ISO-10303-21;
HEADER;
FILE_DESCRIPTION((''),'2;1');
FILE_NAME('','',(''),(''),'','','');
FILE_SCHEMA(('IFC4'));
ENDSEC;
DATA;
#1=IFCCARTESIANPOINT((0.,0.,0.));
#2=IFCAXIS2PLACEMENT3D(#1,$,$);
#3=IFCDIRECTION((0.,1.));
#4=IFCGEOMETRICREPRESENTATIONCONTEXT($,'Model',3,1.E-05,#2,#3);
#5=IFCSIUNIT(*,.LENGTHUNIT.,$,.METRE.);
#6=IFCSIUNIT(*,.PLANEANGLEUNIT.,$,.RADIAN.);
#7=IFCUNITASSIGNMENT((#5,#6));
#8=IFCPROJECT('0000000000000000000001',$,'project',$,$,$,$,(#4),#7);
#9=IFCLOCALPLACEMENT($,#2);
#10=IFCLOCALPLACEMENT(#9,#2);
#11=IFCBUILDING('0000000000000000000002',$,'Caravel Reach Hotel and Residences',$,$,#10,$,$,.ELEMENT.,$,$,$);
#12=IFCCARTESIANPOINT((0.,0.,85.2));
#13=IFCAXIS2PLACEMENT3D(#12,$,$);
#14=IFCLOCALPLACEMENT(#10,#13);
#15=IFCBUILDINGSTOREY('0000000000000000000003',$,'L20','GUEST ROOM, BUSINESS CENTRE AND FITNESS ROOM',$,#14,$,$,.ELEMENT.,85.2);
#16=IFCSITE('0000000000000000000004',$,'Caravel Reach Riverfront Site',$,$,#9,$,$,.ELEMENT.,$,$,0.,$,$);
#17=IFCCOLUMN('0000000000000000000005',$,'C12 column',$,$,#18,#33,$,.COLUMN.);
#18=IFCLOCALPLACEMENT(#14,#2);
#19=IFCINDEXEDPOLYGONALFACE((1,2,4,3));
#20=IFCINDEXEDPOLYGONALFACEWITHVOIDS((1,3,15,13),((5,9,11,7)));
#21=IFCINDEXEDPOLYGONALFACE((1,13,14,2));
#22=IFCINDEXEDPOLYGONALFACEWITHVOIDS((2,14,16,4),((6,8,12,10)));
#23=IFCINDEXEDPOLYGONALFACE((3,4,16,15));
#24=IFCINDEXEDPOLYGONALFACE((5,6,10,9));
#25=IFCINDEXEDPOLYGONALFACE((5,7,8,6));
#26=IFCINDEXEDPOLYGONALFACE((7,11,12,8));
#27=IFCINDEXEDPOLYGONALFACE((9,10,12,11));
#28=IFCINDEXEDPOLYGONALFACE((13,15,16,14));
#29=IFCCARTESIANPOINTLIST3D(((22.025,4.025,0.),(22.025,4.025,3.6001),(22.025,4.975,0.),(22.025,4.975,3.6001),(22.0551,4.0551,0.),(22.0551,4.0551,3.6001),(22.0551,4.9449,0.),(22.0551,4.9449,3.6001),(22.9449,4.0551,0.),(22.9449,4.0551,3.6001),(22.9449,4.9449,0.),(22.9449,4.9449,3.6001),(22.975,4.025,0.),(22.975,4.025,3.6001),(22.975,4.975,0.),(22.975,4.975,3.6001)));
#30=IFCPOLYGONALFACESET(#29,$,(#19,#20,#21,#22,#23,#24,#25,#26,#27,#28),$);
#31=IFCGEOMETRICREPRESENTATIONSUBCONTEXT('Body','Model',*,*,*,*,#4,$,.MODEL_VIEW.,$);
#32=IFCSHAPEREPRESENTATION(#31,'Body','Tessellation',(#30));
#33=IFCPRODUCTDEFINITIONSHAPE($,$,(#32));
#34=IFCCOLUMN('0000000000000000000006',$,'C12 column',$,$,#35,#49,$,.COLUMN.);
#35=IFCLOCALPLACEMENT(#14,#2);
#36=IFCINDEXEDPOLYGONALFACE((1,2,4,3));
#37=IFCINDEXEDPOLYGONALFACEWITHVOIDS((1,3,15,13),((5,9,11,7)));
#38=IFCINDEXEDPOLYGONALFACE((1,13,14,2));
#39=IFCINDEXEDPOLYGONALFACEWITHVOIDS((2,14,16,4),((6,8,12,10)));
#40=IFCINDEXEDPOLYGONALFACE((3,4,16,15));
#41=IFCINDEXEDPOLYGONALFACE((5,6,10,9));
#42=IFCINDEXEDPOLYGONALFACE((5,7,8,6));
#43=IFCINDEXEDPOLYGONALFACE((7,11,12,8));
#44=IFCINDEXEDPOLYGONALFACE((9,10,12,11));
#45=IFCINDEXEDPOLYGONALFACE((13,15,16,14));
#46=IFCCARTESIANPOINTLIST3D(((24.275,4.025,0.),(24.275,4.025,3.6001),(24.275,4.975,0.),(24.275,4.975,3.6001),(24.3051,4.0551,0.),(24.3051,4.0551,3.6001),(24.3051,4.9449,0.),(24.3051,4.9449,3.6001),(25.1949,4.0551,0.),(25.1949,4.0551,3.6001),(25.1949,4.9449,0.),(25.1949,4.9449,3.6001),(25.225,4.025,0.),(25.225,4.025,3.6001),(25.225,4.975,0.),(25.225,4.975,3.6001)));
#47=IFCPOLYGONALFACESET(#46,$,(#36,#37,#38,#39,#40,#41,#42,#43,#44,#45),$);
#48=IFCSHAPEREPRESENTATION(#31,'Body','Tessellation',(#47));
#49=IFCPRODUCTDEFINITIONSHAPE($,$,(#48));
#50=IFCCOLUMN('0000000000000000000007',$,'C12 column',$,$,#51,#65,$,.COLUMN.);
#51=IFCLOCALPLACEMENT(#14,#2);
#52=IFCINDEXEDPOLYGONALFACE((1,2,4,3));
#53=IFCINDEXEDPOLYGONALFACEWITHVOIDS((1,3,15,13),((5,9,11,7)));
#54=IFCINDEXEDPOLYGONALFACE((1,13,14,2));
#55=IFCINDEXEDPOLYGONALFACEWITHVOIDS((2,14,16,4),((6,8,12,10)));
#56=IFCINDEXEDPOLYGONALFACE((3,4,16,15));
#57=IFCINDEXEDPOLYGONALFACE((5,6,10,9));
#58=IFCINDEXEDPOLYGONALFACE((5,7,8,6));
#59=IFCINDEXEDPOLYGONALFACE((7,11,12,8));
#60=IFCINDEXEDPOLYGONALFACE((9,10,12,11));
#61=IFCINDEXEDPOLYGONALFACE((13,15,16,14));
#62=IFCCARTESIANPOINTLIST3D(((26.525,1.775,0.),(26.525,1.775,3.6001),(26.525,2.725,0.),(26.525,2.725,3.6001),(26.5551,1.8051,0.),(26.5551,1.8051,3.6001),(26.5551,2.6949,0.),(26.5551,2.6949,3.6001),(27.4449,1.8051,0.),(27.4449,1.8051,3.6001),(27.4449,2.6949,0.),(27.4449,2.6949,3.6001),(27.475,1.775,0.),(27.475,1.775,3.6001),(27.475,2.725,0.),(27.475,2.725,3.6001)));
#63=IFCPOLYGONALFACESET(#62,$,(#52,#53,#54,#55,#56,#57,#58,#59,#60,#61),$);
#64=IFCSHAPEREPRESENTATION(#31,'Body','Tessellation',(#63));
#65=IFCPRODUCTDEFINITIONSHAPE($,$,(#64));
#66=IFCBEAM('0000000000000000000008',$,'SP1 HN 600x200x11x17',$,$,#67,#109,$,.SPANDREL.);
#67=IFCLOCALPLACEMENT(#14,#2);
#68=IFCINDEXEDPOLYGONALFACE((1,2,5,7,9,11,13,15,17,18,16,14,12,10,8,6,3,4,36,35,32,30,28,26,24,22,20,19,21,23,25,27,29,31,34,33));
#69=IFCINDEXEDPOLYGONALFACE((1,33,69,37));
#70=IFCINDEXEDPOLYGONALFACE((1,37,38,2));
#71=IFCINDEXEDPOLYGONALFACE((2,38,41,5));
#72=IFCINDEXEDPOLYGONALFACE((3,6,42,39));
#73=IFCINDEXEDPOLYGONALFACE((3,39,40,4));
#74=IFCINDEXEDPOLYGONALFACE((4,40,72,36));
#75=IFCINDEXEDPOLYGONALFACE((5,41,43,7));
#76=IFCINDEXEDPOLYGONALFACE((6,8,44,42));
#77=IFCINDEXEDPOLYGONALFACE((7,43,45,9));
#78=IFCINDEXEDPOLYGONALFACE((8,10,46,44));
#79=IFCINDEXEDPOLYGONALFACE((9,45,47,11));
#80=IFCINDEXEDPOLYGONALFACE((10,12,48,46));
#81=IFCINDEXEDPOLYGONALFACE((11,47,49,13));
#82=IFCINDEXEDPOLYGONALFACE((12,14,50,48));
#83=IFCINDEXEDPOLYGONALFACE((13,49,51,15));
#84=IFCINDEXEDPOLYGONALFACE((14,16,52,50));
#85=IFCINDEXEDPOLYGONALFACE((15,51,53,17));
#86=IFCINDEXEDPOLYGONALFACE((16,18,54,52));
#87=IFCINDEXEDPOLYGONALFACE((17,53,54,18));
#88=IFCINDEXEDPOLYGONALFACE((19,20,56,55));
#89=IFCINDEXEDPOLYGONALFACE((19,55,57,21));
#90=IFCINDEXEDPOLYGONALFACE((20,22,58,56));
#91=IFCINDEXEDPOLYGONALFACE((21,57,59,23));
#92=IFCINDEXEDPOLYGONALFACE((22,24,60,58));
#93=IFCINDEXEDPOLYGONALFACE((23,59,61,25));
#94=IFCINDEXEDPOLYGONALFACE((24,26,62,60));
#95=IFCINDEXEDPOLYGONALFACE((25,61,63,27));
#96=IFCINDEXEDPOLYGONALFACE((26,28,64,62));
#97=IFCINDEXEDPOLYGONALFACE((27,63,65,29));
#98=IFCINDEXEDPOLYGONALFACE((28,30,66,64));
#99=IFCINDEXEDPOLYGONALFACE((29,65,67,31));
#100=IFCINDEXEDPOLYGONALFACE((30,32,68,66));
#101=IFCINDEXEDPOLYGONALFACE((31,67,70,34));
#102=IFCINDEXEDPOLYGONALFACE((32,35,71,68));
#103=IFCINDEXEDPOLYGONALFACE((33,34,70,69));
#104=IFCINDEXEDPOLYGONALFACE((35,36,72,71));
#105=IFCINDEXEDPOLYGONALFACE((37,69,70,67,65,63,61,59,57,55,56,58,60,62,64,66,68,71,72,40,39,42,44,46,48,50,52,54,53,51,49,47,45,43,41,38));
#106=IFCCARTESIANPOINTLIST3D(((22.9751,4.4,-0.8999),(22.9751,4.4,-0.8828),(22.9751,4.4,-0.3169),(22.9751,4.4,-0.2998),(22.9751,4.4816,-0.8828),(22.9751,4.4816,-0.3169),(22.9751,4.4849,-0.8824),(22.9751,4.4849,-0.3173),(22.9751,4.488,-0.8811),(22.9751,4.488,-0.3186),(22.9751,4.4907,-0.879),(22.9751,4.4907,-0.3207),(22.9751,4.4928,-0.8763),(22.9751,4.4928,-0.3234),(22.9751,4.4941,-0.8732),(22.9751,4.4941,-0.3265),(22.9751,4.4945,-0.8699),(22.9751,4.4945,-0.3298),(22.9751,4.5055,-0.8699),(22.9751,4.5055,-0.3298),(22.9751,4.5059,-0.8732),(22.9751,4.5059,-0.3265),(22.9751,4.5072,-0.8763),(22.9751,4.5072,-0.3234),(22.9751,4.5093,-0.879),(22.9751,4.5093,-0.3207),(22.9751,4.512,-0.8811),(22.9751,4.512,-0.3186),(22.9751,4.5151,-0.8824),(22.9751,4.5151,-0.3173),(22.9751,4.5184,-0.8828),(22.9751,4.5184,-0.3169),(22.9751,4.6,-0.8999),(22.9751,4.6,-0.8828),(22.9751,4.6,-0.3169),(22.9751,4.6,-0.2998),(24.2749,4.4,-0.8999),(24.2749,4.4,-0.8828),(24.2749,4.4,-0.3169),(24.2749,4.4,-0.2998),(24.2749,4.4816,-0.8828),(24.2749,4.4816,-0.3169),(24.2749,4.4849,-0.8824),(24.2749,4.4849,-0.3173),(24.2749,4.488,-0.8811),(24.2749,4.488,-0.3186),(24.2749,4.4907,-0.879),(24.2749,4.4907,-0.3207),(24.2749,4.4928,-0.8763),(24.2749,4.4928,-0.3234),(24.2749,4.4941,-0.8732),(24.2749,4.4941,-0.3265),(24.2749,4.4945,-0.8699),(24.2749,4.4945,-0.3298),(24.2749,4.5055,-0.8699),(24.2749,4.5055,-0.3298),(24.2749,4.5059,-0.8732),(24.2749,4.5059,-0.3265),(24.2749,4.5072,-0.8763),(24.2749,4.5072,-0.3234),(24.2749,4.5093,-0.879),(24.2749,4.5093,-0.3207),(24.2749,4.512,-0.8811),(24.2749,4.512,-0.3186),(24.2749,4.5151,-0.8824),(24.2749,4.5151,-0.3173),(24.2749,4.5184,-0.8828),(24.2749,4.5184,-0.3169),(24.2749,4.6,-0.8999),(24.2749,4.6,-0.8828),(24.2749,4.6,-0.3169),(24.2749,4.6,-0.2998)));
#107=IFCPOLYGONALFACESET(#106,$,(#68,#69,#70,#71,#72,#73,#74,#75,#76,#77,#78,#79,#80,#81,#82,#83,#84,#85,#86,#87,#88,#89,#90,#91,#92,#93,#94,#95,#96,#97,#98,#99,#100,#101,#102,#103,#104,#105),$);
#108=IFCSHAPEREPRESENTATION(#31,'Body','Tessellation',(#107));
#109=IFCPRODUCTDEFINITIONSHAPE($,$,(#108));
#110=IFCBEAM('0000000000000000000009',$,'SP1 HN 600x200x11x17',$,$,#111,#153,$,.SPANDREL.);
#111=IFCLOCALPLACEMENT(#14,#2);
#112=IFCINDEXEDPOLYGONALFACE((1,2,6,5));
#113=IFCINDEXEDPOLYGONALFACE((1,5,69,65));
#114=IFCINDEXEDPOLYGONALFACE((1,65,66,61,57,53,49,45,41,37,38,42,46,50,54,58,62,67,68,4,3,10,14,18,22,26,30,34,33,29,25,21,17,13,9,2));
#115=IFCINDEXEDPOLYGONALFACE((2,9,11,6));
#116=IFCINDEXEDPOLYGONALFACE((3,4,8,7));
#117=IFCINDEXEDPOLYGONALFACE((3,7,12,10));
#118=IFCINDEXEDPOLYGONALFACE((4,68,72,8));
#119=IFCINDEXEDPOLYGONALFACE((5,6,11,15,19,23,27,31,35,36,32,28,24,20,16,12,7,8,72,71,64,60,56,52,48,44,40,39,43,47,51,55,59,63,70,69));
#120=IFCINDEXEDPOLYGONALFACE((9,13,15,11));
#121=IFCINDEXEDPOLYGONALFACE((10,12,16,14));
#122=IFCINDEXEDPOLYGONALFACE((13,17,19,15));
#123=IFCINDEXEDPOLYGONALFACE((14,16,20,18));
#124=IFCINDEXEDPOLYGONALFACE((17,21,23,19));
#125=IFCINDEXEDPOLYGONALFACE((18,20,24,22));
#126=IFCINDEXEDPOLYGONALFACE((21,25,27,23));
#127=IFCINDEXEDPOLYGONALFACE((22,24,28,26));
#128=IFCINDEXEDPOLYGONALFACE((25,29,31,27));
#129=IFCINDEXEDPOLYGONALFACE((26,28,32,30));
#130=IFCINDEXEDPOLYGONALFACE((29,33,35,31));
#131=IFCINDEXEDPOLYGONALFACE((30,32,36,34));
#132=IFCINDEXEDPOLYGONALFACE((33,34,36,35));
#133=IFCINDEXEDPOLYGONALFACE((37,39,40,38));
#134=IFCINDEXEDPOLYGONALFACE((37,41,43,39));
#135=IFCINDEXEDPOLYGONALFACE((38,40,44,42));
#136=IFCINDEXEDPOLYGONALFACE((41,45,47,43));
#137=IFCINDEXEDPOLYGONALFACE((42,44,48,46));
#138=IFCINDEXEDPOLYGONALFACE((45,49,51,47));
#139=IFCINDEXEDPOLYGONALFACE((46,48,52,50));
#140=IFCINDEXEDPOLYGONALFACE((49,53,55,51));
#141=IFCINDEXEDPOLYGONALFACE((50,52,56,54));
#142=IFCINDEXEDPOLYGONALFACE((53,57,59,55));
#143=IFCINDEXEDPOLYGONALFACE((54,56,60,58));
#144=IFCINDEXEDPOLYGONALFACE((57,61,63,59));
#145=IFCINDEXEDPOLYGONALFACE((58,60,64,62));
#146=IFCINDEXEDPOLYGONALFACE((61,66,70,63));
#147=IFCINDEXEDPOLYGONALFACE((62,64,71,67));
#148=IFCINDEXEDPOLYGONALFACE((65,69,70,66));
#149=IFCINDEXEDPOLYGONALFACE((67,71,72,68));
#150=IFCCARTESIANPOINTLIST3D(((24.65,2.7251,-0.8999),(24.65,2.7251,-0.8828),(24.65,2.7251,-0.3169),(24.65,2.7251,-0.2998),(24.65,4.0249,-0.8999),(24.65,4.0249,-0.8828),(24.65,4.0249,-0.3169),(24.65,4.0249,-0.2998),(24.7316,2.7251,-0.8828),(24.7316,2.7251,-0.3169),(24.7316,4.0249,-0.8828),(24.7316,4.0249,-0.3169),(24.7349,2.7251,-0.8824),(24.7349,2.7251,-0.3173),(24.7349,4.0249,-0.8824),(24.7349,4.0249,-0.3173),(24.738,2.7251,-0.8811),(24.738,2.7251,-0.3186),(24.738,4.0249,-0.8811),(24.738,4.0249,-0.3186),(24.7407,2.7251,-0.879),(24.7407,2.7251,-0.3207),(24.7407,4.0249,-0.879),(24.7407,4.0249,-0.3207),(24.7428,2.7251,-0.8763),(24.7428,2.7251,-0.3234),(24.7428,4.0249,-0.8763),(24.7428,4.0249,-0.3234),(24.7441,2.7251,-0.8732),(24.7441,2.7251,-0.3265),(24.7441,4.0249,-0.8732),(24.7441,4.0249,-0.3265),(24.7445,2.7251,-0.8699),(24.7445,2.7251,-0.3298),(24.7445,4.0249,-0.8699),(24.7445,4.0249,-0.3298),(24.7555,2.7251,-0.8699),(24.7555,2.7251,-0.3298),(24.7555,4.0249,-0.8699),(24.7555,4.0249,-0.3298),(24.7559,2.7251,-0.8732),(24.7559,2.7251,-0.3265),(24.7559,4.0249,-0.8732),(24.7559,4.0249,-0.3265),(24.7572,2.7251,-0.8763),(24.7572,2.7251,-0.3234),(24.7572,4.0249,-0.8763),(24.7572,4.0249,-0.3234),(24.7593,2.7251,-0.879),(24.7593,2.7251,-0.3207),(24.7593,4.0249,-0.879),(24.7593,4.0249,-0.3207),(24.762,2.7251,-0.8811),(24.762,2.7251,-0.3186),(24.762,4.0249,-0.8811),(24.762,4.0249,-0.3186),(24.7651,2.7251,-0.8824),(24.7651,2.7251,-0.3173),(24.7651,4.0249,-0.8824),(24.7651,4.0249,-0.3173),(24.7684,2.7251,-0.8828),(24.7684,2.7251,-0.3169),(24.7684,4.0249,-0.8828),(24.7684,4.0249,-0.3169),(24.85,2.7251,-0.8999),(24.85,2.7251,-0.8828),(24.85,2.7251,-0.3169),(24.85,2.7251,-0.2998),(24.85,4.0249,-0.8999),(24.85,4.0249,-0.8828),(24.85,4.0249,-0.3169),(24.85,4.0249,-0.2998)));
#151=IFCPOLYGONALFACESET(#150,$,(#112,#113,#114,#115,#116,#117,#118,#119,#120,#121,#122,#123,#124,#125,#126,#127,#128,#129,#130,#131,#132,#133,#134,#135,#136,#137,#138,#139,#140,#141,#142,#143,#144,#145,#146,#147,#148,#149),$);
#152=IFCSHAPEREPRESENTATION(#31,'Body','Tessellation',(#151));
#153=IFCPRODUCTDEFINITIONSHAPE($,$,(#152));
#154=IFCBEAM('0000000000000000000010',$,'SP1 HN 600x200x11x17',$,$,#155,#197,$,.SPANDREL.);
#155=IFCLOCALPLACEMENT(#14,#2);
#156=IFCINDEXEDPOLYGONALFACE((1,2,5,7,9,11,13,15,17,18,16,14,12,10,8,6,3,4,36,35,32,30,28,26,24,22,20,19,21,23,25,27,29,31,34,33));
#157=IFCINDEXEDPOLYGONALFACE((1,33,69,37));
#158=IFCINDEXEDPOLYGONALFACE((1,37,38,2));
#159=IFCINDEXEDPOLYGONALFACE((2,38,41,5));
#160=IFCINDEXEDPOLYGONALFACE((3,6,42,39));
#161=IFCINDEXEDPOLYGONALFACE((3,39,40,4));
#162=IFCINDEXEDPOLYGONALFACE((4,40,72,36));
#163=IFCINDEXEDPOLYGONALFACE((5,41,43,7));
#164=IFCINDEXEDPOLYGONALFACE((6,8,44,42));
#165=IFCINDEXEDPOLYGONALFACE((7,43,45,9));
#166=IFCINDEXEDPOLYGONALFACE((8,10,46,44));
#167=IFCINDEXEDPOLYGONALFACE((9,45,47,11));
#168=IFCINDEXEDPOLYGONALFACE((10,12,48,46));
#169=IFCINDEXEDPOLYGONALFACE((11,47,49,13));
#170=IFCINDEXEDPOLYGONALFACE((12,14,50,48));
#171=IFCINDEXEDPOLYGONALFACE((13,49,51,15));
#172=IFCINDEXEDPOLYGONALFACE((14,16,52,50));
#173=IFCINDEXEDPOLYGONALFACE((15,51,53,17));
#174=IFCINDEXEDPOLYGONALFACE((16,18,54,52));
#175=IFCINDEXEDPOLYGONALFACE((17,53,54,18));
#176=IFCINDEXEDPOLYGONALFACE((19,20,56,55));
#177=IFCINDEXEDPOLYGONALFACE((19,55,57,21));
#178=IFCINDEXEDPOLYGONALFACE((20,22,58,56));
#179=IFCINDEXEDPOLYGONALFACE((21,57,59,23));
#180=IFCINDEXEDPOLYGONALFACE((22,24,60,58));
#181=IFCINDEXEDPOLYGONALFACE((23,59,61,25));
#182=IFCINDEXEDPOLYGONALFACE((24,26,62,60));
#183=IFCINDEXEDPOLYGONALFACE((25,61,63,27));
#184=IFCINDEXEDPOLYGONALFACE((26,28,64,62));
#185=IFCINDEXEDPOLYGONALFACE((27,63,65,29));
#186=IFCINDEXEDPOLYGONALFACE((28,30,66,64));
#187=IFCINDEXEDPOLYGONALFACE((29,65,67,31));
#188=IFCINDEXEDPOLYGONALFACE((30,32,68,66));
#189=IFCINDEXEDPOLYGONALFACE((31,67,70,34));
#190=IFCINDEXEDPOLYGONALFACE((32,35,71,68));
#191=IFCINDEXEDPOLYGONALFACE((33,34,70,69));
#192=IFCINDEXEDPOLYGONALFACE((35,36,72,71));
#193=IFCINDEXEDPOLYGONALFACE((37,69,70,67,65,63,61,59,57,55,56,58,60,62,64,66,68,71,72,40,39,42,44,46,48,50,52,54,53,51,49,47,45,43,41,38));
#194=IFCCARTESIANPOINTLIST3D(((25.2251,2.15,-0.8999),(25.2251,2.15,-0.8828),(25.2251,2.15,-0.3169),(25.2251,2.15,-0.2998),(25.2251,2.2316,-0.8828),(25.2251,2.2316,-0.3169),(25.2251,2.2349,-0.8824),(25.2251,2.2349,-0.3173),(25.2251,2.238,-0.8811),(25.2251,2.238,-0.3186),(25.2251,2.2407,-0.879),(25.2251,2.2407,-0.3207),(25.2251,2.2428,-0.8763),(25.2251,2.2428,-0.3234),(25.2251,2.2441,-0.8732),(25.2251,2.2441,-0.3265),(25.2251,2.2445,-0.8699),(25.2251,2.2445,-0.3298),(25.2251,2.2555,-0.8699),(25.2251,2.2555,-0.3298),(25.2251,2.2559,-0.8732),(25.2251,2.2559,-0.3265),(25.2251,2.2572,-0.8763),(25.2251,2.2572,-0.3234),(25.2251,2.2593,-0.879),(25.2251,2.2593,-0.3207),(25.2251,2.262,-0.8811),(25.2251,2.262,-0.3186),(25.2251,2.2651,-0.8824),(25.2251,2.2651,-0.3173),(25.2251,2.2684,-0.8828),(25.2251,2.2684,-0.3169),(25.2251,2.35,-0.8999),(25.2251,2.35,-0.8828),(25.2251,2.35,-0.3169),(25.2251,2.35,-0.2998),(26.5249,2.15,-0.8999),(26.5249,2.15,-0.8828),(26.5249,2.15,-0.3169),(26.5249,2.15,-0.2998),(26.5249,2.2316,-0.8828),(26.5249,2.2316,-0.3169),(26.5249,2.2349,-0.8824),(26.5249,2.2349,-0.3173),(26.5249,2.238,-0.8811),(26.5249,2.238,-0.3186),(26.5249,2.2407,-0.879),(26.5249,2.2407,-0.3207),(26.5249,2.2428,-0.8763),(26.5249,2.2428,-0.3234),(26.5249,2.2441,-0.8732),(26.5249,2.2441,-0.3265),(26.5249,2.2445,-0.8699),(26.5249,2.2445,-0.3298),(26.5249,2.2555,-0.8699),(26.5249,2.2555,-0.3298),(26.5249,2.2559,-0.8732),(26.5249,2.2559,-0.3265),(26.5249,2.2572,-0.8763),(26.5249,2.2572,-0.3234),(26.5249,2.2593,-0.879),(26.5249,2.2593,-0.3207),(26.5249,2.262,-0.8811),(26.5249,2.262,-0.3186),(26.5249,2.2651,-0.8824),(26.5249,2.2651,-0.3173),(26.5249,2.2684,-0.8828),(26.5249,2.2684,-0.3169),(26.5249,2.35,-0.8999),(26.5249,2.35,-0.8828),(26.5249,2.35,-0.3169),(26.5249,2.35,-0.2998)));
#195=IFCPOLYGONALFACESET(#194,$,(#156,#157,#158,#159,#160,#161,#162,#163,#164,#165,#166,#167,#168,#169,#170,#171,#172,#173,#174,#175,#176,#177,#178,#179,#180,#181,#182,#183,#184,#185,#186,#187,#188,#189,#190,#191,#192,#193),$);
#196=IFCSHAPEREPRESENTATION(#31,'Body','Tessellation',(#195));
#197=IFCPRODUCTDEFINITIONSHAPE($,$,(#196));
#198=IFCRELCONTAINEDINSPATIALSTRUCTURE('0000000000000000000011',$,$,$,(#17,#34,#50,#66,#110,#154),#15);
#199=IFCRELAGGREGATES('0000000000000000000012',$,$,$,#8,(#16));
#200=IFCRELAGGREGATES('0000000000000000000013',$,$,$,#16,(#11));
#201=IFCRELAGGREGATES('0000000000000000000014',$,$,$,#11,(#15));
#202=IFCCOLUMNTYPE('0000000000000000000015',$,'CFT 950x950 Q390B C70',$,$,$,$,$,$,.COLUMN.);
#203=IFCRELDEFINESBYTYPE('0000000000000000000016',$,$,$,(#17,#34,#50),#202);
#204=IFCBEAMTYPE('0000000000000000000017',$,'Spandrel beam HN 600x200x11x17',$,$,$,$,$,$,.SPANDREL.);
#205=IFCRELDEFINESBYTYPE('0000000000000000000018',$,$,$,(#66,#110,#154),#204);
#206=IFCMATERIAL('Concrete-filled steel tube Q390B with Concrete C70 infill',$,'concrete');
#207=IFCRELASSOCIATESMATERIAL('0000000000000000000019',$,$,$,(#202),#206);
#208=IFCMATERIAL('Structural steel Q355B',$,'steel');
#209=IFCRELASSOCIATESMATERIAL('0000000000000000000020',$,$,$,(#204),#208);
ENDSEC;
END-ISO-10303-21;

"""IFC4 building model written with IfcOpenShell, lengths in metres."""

from ifc_helpers import new_model, si_unit, direction, frame, origin, origin_2d, place, context, subcontext, project, spatial, hollow_rectangle, i_section, extrude, material, material_profile, profile_set, type_object, element, save


model = new_model("IFC4")

# Units and contexts
model_context = context("Model", 3, precision=1e-05, world=origin(), true_north=direction((0.0, 1.0)))
body_context = subcontext(model_context, "Body", "Model", "MODEL_VIEW")
ifc_project = project(units=[si_unit("LENGTHUNIT", "METRE"), si_unit("PLANEANGLEUNIT", "RADIAN")], contexts=[model_context])

# Site, building, storey
site_placement = place(None, origin())
site = spatial("IfcSite", under=ifc_project, at=site_placement, Name="Caravel Reach Riverfront Site", CompositionType="ELEMENT", RefElevation=0.0)
building_placement = place(site_placement, origin())
building = spatial("IfcBuilding", under=site, at=building_placement, Name="Caravel Reach Hotel and Residences", CompositionType="ELEMENT")
storey_placement = place(building_placement, frame((0.0, 0.0, 85.2)))
storey = spatial("IfcBuildingStorey", under=building, at=storey_placement, Name="L20", Description="GUEST ROOM, BUSINESS CENTRE AND FITNESS ROOM", CompositionType="ELEMENT", Elevation=85.2)

# Columns
ifc_material_1 = material(Name="Concrete-filled steel tube Q390B with Concrete C70 infill", Category="concrete")
ifc_material_profile_1 = material_profile(ifc_material_1, hollow_rectangle(XDim=0.95, YDim=0.95, WallThickness=0.03, at=origin_2d()), Name="RHS 950x950x30")
ifc_profile_set_1 = profile_set([ifc_material_profile_1], Name="Concrete-filled steel tube Q390B with Concrete C70 infill")
column_type = type_object("IfcColumnType", Name="CFT 950x950 Q390B C70", PredefinedType="COLUMN", material=ifc_profile_set_1)
for number, where, z_axis, x_axis, name in (
    (1, (22.5, 4.5, 0.0), (0.0, 0.0, 1.0), (1.0, 0.0, 0.0), "C12 column"),
    (2, (24.75, 4.5, 0.0), (0.0, 0.0, 1.0), (1.0, 0.0, 0.0), "C12 column"),
    (3, (27.0, 2.25, 0.0), (0.0, 0.0, 1.0), (1.0, 0.0, 0.0), "C12 column"),
):
    element("IfcColumn", number, at=place(storey_placement, frame(where, z_axis=z_axis, x_axis=x_axis)), inside=storey, type_object=column_type, Name=name, PredefinedType="COLUMN", context=body_context, shape_type="SweptSolid", body=[
        extrude(hollow_rectangle(XDim=0.95, YDim=0.95, WallThickness=0.03, at=origin_2d()), origin(), (0.0, 0.0, 1.0), 3.6001),
    ])

# Beams
ifc_material_2 = material(Name="Structural steel Q355B", Category="steel")
ifc_material_profile_2 = material_profile(ifc_material_2, i_section(OverallWidth=0.2, OverallDepth=0.6001, WebThickness=0.011, FlangeThickness=0.0171, FilletRadius=0.0129, at=origin_2d()), Name="HN 600x200x11x17")
ifc_profile_set_2 = profile_set([ifc_material_profile_2], Name="Structural steel Q355B")
beam_type = type_object("IfcBeamType", Name="Spandrel beam HN 600x200x11x17", PredefinedType="SPANDREL", material=ifc_profile_set_2)
for number, where, z_axis, x_axis, name in (
    (4, (22.9751, 4.5, -0.5999), (1.0, 0.0, 0.0), (0.0, 1.0, 0.0), "SP1 HN 600x200x11x17"),
    (5, (24.75, 4.0249, -0.5999), (0.0, -1.0, 0.0), (1.0, 0.0, 0.0), "SP1 HN 600x200x11x17"),
    (6, (25.2251, 2.25, -0.5999), (1.0, 0.0, 0.0), (0.0, 1.0, 0.0), "SP1 HN 600x200x11x17"),
):
    element("IfcBeam", number, at=place(storey_placement, frame(where, z_axis=z_axis, x_axis=x_axis)), inside=storey, type_object=beam_type, Name=name, PredefinedType="SPANDREL", context=body_context, shape_type="SweptSolid", body=[
        extrude(i_section(OverallWidth=0.2, OverallDepth=0.6001, WebThickness=0.011, FlangeThickness=0.0171, FilletRadius=0.0129, at=origin_2d()), origin(), (0.0, 0.0, 1.0), 1.2998),
    ])

save(model, "model.ifc")
